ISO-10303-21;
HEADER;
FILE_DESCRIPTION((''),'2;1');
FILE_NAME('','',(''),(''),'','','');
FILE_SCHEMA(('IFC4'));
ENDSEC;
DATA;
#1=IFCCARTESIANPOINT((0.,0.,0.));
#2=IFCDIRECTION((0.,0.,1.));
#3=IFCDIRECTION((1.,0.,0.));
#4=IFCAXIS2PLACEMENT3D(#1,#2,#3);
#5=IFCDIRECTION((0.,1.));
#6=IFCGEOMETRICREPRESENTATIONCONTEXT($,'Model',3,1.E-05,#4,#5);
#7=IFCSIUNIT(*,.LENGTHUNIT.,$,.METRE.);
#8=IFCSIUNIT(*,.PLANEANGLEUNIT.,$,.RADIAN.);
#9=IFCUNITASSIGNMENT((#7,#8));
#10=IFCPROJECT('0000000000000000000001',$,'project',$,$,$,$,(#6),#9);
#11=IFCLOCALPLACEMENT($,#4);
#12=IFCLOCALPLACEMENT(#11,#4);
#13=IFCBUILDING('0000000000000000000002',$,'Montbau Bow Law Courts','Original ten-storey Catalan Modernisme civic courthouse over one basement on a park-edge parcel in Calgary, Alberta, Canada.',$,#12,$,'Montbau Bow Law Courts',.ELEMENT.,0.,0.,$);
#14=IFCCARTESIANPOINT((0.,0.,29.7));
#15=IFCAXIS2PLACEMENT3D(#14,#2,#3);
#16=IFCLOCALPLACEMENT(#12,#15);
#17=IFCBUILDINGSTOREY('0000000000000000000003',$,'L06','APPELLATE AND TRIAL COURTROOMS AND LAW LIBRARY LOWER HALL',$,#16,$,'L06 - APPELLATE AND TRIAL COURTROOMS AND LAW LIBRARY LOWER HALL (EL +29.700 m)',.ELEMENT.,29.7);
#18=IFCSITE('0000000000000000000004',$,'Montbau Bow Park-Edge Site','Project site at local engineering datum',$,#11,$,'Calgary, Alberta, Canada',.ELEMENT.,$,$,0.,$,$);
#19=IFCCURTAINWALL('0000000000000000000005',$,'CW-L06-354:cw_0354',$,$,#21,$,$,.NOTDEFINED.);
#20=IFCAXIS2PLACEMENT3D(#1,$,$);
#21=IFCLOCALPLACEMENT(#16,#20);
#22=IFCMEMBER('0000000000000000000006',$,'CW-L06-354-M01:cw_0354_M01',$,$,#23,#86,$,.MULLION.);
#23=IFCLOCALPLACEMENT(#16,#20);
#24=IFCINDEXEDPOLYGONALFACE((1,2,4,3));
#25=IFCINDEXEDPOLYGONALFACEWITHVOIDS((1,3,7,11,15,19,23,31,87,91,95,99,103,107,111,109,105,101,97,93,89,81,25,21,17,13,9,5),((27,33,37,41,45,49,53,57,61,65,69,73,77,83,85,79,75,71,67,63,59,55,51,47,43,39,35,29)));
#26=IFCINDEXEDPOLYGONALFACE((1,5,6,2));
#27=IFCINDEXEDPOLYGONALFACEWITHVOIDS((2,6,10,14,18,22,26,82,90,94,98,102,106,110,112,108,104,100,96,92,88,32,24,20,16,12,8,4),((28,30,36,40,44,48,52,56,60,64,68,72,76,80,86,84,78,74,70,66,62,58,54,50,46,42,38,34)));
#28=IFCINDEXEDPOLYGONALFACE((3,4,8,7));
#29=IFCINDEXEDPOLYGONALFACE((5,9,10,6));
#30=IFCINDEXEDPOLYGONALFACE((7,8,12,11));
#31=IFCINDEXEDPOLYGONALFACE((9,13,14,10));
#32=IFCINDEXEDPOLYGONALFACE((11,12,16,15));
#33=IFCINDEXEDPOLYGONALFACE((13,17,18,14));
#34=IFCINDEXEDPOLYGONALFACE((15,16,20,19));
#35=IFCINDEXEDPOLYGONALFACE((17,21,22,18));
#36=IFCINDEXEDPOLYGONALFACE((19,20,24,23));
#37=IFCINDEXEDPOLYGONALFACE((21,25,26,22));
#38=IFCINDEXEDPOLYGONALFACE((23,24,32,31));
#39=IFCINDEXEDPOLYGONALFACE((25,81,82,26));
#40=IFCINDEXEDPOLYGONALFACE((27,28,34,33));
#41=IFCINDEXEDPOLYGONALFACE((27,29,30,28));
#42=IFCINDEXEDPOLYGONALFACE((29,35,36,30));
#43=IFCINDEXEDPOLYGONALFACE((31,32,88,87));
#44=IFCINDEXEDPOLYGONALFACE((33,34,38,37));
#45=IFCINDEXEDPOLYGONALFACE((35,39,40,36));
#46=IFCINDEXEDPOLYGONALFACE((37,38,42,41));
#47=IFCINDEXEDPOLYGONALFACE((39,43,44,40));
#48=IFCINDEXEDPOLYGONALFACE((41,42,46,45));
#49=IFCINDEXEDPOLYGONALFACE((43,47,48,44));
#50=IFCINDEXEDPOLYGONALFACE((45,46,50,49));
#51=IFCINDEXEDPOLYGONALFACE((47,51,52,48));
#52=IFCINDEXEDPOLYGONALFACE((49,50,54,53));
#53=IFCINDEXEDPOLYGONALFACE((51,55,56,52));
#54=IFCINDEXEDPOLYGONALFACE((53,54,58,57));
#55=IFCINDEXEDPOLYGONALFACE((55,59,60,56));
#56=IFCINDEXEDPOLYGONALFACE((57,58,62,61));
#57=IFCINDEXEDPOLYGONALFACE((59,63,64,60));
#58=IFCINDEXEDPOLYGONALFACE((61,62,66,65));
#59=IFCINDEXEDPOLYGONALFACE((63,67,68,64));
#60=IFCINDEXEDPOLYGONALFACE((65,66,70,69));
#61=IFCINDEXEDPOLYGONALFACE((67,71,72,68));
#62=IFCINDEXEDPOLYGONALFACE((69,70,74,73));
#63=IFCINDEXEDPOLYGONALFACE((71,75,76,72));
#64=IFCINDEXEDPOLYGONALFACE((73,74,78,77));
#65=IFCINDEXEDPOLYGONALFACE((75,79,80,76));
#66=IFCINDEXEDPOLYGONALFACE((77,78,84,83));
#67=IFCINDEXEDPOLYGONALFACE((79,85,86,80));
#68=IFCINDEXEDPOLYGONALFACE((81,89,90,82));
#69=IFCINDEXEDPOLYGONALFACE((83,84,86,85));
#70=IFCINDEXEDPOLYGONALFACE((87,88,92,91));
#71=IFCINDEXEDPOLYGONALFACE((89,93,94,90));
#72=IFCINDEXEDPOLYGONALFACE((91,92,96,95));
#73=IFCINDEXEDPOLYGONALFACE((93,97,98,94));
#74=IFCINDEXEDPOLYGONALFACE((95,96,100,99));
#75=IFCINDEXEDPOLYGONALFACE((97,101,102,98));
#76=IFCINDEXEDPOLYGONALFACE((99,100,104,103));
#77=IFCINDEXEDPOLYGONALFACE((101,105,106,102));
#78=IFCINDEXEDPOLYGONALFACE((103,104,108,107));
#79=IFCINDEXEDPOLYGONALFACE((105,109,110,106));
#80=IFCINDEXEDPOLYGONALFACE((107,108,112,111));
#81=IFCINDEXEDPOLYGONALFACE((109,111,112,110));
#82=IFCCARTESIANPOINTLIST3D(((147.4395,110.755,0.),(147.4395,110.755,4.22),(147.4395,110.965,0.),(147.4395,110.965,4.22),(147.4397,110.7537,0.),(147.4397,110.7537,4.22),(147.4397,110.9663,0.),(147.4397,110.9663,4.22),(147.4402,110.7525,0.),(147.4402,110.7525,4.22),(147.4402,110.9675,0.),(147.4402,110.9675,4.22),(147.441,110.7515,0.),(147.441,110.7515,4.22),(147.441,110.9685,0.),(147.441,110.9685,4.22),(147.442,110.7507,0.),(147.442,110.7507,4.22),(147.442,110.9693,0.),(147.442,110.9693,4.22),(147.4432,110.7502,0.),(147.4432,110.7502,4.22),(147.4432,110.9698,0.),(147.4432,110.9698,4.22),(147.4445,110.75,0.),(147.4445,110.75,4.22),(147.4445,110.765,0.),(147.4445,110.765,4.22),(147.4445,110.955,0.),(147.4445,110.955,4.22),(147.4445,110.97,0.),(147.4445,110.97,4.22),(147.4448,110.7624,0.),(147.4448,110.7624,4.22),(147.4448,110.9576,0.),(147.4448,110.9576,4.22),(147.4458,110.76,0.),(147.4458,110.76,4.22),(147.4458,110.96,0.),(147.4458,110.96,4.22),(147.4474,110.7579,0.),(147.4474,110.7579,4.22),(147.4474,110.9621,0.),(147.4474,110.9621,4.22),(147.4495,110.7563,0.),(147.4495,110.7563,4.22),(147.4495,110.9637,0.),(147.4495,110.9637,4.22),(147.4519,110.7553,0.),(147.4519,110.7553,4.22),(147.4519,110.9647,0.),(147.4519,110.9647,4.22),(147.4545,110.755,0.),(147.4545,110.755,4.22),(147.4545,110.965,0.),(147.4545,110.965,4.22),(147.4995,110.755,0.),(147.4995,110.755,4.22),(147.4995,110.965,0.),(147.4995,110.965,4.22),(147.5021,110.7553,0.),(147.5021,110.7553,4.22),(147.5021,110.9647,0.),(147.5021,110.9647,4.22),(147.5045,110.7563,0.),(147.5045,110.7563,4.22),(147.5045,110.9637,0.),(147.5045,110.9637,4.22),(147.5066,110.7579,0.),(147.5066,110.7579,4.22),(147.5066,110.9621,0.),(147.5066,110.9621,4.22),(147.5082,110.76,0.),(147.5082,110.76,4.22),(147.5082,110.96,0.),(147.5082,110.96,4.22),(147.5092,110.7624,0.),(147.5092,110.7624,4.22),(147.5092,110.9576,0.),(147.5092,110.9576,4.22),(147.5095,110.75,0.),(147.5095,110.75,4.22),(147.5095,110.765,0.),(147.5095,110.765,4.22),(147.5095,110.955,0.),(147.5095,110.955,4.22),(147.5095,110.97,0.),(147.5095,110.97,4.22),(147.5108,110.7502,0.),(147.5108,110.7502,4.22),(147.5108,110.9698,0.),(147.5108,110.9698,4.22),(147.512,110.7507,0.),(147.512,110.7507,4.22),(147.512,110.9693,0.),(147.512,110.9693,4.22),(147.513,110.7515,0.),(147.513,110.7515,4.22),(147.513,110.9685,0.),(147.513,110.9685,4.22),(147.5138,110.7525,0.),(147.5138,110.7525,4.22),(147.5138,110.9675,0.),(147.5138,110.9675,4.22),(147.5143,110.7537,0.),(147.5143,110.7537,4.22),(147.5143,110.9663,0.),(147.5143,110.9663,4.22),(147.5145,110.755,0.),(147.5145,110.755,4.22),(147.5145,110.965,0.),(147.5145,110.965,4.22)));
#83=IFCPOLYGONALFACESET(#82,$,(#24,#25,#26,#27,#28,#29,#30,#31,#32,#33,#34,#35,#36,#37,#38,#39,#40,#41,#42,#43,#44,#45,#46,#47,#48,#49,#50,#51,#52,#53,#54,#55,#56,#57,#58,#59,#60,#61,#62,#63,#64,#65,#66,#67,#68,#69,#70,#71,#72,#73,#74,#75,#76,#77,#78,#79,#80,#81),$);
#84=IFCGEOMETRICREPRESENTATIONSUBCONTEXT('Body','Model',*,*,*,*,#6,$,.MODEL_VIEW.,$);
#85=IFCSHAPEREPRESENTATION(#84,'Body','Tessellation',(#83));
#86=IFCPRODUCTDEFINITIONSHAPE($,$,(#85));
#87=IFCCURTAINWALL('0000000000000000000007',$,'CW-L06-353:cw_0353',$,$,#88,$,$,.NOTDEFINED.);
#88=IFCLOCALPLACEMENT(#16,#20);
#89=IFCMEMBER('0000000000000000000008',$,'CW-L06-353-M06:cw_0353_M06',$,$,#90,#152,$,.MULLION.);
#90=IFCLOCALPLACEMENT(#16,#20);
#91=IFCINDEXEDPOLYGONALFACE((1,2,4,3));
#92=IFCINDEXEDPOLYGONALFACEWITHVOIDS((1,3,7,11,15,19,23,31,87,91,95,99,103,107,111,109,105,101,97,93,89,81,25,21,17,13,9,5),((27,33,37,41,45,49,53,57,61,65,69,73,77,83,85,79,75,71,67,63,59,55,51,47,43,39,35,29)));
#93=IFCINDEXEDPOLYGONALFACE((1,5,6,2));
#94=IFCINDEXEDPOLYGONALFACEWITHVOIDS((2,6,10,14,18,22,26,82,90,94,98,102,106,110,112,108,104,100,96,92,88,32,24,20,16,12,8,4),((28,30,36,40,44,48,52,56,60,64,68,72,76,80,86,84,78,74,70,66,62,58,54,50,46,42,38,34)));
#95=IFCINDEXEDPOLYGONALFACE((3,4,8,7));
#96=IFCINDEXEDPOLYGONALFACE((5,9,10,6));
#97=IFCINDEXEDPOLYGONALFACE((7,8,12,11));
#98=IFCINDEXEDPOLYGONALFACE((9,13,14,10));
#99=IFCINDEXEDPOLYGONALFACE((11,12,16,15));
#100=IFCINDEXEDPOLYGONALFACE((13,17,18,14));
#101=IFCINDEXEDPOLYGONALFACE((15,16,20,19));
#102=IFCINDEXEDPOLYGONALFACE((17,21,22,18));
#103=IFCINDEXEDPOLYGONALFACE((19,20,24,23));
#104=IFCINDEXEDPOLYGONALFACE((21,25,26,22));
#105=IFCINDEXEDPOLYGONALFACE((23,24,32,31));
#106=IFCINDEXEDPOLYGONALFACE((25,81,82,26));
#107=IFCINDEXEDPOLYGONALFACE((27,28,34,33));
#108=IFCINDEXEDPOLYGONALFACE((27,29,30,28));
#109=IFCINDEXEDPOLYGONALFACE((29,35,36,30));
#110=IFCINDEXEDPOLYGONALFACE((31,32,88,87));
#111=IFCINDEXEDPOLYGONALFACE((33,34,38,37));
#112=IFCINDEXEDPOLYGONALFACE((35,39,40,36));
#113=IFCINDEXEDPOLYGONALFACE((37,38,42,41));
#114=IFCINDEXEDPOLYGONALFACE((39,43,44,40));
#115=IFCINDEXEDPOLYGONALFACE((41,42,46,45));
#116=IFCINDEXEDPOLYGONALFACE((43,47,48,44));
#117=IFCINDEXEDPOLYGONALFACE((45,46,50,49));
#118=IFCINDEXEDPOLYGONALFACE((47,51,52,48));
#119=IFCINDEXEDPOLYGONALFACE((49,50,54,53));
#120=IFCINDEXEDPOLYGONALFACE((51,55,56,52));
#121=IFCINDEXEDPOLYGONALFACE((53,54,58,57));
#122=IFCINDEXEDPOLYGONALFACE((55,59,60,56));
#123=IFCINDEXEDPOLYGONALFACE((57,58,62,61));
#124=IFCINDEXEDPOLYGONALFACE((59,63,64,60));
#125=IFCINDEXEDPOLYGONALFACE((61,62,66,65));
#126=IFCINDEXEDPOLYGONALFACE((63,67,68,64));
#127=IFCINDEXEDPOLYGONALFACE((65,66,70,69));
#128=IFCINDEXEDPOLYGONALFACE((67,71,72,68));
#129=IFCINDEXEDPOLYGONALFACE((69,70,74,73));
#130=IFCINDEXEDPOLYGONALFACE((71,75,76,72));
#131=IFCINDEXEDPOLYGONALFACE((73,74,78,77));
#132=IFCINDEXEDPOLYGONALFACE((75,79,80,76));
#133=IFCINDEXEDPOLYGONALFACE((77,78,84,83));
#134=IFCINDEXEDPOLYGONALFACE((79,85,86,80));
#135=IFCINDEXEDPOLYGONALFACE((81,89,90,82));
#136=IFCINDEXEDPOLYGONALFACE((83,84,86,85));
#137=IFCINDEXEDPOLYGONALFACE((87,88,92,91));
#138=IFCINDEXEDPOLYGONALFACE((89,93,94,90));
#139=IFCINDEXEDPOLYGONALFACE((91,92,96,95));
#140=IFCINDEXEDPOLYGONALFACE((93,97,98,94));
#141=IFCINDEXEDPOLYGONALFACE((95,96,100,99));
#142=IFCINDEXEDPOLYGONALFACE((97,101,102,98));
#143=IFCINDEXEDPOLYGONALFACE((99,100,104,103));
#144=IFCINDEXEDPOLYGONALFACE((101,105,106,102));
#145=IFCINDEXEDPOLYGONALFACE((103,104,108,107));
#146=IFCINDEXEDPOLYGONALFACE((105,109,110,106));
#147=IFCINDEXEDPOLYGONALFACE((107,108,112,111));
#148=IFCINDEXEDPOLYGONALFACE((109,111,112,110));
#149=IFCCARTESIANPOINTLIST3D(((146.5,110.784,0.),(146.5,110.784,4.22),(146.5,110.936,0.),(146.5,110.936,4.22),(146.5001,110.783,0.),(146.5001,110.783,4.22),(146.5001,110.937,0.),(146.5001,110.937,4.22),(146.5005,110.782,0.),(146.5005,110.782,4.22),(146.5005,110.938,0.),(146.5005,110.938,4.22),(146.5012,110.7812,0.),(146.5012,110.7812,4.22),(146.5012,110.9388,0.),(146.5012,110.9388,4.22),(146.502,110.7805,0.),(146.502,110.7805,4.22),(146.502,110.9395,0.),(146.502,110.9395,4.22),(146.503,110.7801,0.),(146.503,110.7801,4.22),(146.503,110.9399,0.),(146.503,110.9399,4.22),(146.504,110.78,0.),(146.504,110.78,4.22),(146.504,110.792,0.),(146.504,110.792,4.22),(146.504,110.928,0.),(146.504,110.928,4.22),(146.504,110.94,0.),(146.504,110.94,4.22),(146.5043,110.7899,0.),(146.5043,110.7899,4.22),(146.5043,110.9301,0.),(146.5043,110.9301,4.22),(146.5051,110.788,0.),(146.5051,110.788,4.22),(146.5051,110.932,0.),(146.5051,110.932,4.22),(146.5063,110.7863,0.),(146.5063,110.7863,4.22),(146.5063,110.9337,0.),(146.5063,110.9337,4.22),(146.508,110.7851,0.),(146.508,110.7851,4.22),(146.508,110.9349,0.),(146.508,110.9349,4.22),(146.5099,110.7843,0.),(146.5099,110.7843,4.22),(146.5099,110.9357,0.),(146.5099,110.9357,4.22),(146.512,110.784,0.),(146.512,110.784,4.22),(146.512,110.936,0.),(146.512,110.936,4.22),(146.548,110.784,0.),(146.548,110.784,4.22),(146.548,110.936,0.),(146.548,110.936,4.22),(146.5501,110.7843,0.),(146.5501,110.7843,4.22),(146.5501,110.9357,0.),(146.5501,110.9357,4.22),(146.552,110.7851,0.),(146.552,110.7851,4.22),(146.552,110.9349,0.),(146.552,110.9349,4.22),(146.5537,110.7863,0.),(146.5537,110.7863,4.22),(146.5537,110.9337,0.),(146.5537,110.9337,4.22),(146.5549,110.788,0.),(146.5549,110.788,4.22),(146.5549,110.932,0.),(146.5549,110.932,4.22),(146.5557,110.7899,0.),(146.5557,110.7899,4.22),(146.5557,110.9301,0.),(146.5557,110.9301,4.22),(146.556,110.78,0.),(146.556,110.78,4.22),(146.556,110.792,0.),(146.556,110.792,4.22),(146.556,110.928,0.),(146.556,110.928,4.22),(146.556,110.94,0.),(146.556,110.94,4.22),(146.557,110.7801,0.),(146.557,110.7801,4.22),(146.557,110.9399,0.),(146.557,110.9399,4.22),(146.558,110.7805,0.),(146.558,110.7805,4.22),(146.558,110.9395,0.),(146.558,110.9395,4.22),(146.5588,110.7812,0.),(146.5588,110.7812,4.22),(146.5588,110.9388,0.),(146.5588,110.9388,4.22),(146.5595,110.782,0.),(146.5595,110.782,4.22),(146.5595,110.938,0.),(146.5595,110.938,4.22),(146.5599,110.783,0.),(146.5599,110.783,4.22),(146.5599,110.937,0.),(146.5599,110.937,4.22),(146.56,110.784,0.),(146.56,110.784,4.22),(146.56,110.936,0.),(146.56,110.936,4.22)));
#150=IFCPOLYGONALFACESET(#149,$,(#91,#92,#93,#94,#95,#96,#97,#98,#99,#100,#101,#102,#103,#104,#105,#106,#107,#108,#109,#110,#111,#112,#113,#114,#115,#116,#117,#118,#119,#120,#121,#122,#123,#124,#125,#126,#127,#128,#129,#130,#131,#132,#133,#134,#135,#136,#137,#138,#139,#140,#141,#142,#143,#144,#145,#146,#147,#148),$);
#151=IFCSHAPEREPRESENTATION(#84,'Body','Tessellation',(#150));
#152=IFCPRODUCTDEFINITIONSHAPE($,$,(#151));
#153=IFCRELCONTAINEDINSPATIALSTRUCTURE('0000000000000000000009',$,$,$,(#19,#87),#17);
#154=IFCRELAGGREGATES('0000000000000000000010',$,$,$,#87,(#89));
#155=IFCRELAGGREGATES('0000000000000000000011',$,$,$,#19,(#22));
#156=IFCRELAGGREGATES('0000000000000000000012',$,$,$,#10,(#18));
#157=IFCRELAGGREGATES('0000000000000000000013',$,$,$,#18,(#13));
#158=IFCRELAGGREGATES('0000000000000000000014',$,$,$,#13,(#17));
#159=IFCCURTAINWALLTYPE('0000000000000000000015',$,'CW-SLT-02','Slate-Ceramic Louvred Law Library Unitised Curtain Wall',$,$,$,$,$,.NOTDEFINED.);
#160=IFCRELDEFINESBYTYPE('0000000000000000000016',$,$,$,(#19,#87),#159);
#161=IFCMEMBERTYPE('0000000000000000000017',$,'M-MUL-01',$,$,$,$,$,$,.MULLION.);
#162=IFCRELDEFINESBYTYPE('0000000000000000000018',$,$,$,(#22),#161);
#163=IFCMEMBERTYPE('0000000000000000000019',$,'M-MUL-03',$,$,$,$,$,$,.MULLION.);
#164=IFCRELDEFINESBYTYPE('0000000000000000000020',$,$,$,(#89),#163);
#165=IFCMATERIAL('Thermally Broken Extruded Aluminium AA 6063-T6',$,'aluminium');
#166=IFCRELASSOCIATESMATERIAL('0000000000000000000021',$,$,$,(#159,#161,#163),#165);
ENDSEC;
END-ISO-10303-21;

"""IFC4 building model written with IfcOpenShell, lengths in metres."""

from ifc_helpers import new_model, si_unit, direction, frame, origin_with_axes, origin_2d_with_axis, place, context, subcontext, project, spatial, hollow_rectangle, extrude, material, material_profile, profile_set, type_object, element, aggregate, save


model = new_model("IFC4")

# Units and contexts
model_context = context("Model", 3, precision=1e-05, world=origin_with_axes(), true_north=direction((0.0, 1.0)))
body_context = subcontext(model_context, "Body", "Model", "MODEL_VIEW")
ifc_project = project(units=[si_unit("LENGTHUNIT", "METRE"), si_unit("PLANEANGLEUNIT", "RADIAN")], contexts=[model_context])

# Site, building, storey
site_placement = place(None, origin_with_axes())
site = spatial("IfcSite", under=ifc_project, at=site_placement, Name="Montbau Bow Park-Edge Site", Description="Project site at local engineering datum", LongName="Calgary, Alberta, Canada", CompositionType="ELEMENT", RefElevation=0.0)
building_placement = place(site_placement, origin_with_axes())
building = spatial("IfcBuilding", under=site, at=building_placement, Name="Montbau Bow Law Courts", Description="Original ten-storey Catalan Modernisme civic courthouse over one basement on a park-edge parcel in Calgary, Alberta, Canada.", LongName="Montbau Bow Law Courts", CompositionType="ELEMENT", ElevationOfRefHeight=0.0, ElevationOfTerrain=0.0)
storey_placement = place(building_placement, frame((0.0, 0.0, 29.7), z_axis=(0.0, 0.0, 1.0), x_axis=(1.0, 0.0, 0.0)))
storey = spatial("IfcBuildingStorey", under=building, at=storey_placement, Name="L06", Description="APPELLATE AND TRIAL COURTROOMS AND LAW LIBRARY LOWER HALL", LongName="L06 - APPELLATE AND TRIAL COURTROOMS AND LAW LIBRARY LOWER HALL (EL +29.700 m)", CompositionType="ELEMENT", Elevation=29.7)

# Curtain walls, members
ifc_material_1 = material(Name="Thermally Broken Extruded Aluminium AA 6063-T6", Category="aluminium")
curtain_wall_type = type_object("IfcCurtainWallType", Name="CW-SLT-02", Description="Slate-Ceramic Louvred Law Library Unitised Curtain Wall", PredefinedType="NOTDEFINED", material=ifc_material_1)
curtain_wall_1_placement = place(None, frame((147.44, 110.86, 29.7), z_axis=(0.0, 0.0, 1.0), x_axis=(1.0, 0.0, 0.0)))
curtain_wall_1 = element("IfcCurtainWall", 1, at=curtain_wall_1_placement, inside=storey, type_object=curtain_wall_type, Name="CW-L06-354:cw_0354", PredefinedType="NOTDEFINED")
ifc_material_profile_1 = material_profile(ifc_material_1, hollow_rectangle(XDim=0.075, YDim=0.22, WallThickness=0.005, InnerFilletRadius=0.01, OuterFilletRadius=0.005, at=origin_2d_with_axis()), Name="CWM-220X75", Category="Main", Priority=0)
ifc_profile_set_1 = profile_set([ifc_material_profile_1], Name="Thermally Broken Extruded Aluminium AA 6063-T6")
member_type_1 = type_object("IfcMemberType", Name="M-MUL-01", PredefinedType="MULLION", material=ifc_profile_set_1)
member_1_placement = place(None, frame((147.477, 110.86, 29.7), z_axis=(0.0, 0.0, 1.0), x_axis=(1.0, 0.0, 0.0)))
member_1 = element("IfcMember", 2, at=member_1_placement, type_object=member_type_1, Name="CW-L06-354-M01:cw_0354_M01", PredefinedType="MULLION", context=body_context, shape_type="SweptSolid", body=[
    extrude(hollow_rectangle(XDim=0.075, YDim=0.22, WallThickness=0.005, InnerFilletRadius=0.01, OuterFilletRadius=0.005, at=origin_2d_with_axis()), origin_with_axes(), (0.0, 0.0, 1.0), 4.22),
])
curtain_wall_2_placement = place(None, frame((139.04, 110.86, 29.7), z_axis=(0.0, 0.0, 1.0), x_axis=(1.0, 0.0, 0.0)))
curtain_wall_2 = element("IfcCurtainWall", 3, at=curtain_wall_2_placement, inside=storey, type_object=curtain_wall_type, Name="CW-L06-353:cw_0353", PredefinedType="NOTDEFINED")
ifc_material_profile_2 = material_profile(ifc_material_1, hollow_rectangle(XDim=0.06, YDim=0.16, WallThickness=0.004, InnerFilletRadius=0.008, OuterFilletRadius=0.004, at=origin_2d_with_axis()), Name="CWM-160X60", Category="Main", Priority=0)
ifc_profile_set_2 = profile_set([ifc_material_profile_2], Name="Thermally Broken Extruded Aluminium AA 6063-T6")
member_type_2 = type_object("IfcMemberType", Name="M-MUL-03", PredefinedType="MULLION", material=ifc_profile_set_2)
member_2_placement = place(None, frame((146.53, 110.86, 29.7), z_axis=(0.0, 0.0, 1.0), x_axis=(1.0, 0.0, 0.0)))
member_2 = element("IfcMember", 4, at=member_2_placement, type_object=member_type_2, Name="CW-L06-353-M06:cw_0353_M06", PredefinedType="MULLION", context=body_context, shape_type="SweptSolid", body=[
    extrude(hollow_rectangle(XDim=0.06, YDim=0.16, WallThickness=0.004, InnerFilletRadius=0.008, OuterFilletRadius=0.004, at=origin_2d_with_axis()), origin_with_axes(), (0.0, 0.0, 1.0), 4.22),
])

aggregate(curtain_wall_2, [member_2])
aggregate(curtain_wall_1, [member_1])

save(model, "model.ifc")
